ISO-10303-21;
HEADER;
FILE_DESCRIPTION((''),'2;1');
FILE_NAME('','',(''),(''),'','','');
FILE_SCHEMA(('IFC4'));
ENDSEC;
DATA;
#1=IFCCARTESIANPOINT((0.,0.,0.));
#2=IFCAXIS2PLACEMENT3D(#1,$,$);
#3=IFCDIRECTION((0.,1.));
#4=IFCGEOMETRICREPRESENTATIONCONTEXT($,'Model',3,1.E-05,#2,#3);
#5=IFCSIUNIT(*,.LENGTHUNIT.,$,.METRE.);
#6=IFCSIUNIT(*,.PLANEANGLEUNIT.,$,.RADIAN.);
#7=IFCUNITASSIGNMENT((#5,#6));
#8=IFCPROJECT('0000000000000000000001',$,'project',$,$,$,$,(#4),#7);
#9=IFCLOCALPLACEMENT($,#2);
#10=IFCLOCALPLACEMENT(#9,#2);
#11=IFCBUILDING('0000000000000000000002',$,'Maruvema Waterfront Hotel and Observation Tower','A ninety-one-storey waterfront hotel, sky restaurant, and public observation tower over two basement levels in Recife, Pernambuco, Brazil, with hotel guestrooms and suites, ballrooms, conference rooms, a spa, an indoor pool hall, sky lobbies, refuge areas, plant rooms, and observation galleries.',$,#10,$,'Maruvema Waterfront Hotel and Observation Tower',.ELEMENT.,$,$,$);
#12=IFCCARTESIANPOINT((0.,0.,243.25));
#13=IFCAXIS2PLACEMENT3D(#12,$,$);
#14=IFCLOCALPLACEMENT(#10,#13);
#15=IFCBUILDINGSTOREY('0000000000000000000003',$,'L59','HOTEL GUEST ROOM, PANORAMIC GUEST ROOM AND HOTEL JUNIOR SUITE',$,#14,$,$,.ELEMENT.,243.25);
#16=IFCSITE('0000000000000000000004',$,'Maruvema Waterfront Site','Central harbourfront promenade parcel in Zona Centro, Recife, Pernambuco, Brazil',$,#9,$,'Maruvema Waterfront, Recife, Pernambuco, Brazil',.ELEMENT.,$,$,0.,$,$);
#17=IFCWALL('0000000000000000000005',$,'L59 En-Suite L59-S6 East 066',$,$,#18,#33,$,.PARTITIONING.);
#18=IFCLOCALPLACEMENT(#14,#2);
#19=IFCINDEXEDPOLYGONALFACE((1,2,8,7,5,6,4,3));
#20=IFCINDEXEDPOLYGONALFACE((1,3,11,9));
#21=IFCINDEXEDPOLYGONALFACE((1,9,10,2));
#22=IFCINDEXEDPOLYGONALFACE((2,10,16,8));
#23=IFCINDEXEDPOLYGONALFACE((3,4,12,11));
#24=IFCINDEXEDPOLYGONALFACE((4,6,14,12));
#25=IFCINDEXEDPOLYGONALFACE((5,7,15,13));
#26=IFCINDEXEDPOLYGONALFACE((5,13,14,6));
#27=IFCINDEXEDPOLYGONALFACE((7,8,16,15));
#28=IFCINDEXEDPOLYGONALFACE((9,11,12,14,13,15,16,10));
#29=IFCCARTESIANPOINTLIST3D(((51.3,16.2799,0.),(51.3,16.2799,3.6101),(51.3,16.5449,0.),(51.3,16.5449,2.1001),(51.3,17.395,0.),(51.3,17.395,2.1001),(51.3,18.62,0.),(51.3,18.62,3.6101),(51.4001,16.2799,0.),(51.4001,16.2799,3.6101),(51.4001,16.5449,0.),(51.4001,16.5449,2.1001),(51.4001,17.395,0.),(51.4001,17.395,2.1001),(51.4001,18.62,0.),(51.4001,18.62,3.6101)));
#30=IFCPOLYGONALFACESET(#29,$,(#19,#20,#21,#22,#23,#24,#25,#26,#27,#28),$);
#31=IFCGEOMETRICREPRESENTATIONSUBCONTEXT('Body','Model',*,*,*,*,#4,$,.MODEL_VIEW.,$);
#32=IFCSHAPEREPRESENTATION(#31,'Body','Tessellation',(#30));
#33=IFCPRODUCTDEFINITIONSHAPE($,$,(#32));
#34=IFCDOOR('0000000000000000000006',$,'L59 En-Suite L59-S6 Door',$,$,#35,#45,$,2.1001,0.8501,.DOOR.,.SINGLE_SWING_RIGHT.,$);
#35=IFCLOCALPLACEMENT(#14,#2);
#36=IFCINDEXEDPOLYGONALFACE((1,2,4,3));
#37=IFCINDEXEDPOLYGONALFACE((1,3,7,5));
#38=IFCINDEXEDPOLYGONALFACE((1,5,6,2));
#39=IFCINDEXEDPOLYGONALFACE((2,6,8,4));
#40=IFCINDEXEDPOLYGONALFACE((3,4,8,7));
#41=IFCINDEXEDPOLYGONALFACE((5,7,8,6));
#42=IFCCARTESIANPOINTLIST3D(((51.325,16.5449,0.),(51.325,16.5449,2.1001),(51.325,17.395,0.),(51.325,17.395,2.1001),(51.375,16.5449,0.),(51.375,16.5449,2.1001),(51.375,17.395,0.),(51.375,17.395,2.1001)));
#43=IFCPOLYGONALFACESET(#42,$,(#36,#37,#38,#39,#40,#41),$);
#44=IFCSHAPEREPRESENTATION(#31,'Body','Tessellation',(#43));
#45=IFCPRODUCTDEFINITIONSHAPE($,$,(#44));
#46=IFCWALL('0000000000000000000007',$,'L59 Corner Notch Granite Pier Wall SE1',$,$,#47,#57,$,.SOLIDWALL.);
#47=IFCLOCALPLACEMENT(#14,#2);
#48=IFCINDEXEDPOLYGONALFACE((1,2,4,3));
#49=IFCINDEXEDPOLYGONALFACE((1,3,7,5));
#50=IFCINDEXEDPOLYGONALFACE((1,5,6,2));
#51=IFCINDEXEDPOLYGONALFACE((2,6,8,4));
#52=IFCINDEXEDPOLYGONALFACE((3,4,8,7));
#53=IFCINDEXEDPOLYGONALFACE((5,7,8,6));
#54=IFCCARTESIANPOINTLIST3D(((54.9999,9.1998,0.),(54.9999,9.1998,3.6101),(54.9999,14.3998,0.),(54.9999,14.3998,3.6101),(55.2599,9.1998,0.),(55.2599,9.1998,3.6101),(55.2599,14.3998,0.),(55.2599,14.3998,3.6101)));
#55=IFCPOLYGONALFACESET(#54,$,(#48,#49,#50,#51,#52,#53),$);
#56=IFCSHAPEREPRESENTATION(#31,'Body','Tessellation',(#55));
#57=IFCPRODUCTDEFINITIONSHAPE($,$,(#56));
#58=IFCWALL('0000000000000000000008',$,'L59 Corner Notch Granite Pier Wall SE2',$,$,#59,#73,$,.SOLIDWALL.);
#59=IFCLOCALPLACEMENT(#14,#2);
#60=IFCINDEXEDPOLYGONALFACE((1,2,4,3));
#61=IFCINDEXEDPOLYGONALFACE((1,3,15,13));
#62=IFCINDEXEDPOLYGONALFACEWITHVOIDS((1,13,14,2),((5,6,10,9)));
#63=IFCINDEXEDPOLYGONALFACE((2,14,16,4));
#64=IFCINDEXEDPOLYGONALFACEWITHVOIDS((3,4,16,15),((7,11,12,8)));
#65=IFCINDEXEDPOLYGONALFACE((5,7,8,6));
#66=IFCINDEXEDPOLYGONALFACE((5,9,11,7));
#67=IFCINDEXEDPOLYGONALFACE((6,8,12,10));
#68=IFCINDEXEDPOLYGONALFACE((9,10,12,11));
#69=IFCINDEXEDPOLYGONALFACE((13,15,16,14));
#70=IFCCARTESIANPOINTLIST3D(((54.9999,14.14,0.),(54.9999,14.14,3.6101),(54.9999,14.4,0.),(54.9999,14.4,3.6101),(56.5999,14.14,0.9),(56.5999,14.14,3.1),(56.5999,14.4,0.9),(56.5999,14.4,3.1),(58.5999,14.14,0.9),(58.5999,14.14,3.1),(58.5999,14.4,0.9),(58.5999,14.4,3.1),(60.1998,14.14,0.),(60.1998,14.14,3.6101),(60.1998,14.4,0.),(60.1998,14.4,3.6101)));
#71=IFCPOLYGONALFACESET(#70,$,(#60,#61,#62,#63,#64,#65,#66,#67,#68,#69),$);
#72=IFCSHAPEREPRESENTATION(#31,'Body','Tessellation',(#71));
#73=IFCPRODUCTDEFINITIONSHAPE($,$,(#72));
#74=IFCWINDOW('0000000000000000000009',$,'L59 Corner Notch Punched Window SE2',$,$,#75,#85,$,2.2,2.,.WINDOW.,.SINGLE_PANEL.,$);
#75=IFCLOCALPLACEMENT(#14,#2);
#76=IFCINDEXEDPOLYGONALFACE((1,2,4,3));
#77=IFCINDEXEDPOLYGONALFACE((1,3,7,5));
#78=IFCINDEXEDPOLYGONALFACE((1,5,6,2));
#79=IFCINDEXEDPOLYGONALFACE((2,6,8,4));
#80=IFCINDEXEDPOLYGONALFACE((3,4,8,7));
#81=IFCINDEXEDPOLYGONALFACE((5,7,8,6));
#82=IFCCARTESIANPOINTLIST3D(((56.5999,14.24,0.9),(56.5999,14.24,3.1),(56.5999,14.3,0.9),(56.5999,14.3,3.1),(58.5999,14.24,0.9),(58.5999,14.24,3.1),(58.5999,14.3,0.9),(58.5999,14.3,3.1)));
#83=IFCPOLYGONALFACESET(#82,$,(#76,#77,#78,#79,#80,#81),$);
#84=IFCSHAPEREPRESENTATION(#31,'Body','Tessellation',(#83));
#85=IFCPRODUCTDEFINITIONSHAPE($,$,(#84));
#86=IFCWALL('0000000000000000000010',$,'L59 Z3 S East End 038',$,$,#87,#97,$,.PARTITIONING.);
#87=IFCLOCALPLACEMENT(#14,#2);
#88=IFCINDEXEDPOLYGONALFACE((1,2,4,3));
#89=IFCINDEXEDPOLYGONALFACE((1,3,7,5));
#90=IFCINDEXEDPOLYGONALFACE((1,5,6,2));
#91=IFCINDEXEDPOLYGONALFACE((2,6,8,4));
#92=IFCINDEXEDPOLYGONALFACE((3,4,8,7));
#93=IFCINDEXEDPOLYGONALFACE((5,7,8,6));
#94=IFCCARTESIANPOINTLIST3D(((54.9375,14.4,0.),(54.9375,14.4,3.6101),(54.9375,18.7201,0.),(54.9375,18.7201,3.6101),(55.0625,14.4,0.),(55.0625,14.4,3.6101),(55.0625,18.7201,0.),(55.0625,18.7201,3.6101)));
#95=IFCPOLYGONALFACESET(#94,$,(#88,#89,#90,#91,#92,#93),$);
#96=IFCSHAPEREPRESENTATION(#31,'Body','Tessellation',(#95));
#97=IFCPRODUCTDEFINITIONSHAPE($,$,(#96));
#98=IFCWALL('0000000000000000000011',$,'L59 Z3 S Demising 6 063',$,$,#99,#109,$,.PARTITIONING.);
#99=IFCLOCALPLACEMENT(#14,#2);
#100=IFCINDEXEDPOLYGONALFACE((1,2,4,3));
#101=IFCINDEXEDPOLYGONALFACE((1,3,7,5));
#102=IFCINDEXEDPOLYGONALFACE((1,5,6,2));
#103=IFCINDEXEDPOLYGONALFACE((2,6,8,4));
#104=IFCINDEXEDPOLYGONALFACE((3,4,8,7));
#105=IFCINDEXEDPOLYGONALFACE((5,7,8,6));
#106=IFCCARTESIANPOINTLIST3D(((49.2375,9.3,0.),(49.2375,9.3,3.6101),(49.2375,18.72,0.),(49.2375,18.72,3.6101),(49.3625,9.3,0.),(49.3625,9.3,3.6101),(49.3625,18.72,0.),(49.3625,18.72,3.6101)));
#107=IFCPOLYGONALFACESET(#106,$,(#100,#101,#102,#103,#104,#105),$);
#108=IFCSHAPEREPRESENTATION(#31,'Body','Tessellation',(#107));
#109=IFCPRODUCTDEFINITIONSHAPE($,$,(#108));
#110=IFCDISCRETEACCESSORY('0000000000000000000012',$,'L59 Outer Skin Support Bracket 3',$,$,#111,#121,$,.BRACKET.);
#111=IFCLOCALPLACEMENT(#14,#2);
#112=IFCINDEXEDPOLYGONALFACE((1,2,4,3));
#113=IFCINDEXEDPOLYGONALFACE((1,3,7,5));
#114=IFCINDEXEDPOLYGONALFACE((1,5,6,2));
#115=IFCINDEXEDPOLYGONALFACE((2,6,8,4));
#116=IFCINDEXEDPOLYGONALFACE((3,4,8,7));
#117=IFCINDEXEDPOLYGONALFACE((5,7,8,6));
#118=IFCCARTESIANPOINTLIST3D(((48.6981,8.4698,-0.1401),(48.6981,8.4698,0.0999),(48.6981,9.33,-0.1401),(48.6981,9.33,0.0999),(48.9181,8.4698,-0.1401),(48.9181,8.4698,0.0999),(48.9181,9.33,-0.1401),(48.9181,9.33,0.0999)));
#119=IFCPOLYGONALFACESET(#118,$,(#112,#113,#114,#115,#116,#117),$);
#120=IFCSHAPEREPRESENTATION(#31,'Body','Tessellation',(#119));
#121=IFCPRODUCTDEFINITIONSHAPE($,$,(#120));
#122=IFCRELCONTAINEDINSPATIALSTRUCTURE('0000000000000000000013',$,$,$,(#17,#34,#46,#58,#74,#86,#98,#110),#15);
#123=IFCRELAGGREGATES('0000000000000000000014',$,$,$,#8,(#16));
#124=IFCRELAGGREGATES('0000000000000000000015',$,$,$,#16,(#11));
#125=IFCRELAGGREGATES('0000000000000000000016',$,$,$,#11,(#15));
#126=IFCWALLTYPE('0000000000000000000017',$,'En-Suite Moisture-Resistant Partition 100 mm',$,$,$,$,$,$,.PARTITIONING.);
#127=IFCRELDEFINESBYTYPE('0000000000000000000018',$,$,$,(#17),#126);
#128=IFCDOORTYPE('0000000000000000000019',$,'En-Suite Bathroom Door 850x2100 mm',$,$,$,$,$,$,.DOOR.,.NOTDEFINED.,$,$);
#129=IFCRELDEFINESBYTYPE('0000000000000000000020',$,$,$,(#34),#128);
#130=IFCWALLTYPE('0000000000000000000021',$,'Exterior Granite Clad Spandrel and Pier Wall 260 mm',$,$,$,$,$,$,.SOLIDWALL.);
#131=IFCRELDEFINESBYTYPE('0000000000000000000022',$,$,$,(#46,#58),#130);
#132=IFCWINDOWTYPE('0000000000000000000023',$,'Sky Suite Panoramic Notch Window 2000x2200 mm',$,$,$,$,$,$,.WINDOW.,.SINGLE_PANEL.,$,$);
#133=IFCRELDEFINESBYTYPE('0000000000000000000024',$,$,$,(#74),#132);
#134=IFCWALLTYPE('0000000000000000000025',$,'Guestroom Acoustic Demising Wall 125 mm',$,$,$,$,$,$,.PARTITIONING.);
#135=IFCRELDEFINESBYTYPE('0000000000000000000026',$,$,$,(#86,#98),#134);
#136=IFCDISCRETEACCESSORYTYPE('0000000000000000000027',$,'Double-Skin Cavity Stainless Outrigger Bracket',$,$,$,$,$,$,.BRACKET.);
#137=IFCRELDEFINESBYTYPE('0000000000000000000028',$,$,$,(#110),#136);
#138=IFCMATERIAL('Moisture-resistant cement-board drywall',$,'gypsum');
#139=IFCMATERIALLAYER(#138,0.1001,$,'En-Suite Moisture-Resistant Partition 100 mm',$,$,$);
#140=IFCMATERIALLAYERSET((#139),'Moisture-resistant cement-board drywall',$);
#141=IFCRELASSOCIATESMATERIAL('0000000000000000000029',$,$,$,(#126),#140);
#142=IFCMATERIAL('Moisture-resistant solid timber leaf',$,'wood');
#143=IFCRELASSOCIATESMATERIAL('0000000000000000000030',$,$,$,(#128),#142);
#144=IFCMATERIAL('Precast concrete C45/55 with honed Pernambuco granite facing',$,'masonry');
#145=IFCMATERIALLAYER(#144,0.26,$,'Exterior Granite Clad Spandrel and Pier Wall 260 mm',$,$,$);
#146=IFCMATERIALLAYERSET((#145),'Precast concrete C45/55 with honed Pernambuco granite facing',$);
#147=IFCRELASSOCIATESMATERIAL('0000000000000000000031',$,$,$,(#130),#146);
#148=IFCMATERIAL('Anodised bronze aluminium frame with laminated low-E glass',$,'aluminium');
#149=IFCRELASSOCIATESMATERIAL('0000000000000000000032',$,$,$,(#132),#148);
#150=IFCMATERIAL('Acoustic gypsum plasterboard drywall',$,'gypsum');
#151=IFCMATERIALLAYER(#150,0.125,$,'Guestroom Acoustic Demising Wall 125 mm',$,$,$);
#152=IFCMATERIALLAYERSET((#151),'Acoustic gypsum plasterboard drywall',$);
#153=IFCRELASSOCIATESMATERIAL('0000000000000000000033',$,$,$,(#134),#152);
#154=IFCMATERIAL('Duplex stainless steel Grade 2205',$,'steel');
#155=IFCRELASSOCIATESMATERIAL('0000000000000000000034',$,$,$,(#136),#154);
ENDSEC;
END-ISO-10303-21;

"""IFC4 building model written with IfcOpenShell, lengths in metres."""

from ifc_helpers import new_model, si_unit, direction, frame, frame_2d, origin, origin_2d, place, context, subcontext, project, spatial, rectangle, extrude, material, layer, layer_set, type_object, element, fill, save


model = new_model("IFC4")

# Units and contexts
model_context = context("Model", 3, precision=1e-05, world=origin(), true_north=direction((0.0, 1.0)))
body_context = subcontext(model_context, "Body", "Model", "MODEL_VIEW")
ifc_project = project(units=[si_unit("LENGTHUNIT", "METRE"), si_unit("PLANEANGLEUNIT", "RADIAN")], contexts=[model_context])

# Site, building, storey
site_placement = place(None, origin())
site = spatial("IfcSite", under=ifc_project, at=site_placement, Name="Maruvema Waterfront Site", Description="Central harbourfront promenade parcel in Zona Centro, Recife, Pernambuco, Brazil", LongName="Maruvema Waterfront, Recife, Pernambuco, Brazil", CompositionType="ELEMENT", RefElevation=0.0)
building_placement = place(site_placement, origin())
building = spatial("IfcBuilding", under=site, at=building_placement, Name="Maruvema Waterfront Hotel and Observation Tower", Description="A ninety-one-storey waterfront hotel, sky restaurant, and public observation tower over two basement levels in Recife, Pernambuco, Brazil, with hotel guestrooms and suites, ballrooms, conference rooms, a spa, an indoor pool hall, sky lobbies, refuge areas, plant rooms, and observation galleries.", LongName="Maruvema Waterfront Hotel and Observation Tower", CompositionType="ELEMENT")
storey_placement = place(building_placement, frame((0.0, 0.0, 243.25)))
storey = spatial("IfcBuildingStorey", under=building, at=storey_placement, Name="L59", Description="HOTEL GUEST ROOM, PANORAMIC GUEST ROOM AND HOTEL JUNIOR SUITE", CompositionType="ELEMENT", Elevation=243.25)

# Shared definitions
ifc_material_1 = material(Name="Moisture-resistant cement-board drywall", Category="gypsum")
ifc_layer_1 = layer(ifc_material_1, 0.1001, Name="En-Suite Moisture-Resistant Partition 100 mm")
ifc_layer_set_1 = layer_set([ifc_layer_1], Name="Moisture-resistant cement-board drywall")
wall_type_1 = type_object("IfcWallType", Name="En-Suite Moisture-Resistant Partition 100 mm", PredefinedType="PARTITIONING", material=ifc_layer_set_1)
ifc_material_2 = material(Name="Moisture-resistant solid timber leaf", Category="wood")
door_type = type_object("IfcDoorType", Name="En-Suite Bathroom Door 850x2100 mm", OperationType="NOTDEFINED", PredefinedType="DOOR", material=ifc_material_2)

# Wall, opening, door
wall_1_placement = place(storey_placement, frame((51.3501, 16.28, 0.0), z_axis=(0.0, 0.0, 1.0), x_axis=(0.0, 1.0, 0.0)))
wall_1 = element("IfcWall", 1, at=wall_1_placement, inside=storey, type_object=wall_type_1, Name="L59 En-Suite L59-S6 East 066", PredefinedType="PARTITIONING", context=body_context, shape_type="SweptSolid", body=[
    extrude(rectangle(XDim=2.3401, YDim=0.1001, at=frame_2d((1.1699, 0.0))), origin(), (0.0, 0.0, 1.0), 3.6101),
])
opening_1_placement = place(wall_1_placement, frame((0.2649, 0.0, 0.0)))
opening_1 = element("IfcOpeningElement", 2, at=opening_1_placement, cuts=wall_1, PredefinedType="OPENING", context=body_context, shape_type="SweptSolid", body=[
    extrude(rectangle(XDim=0.8501, YDim=2.1001, at=frame_2d((0.425, 1.05))), frame((0.0, 0.0601, 0.0), z_axis=(0.0, -1.0, 0.0), x_axis=(1.0, 0.0, 0.0)), (0.0, 0.0, 1.0), 0.1201),
])
door_1_placement = place(opening_1_placement, frame((0.8501, 0.0, 0.0), z_axis=(0.0, 0.0, 1.0), x_axis=(-1.0, 0.0, 0.0)))
door_1 = element("IfcDoor", 3, at=door_1_placement, inside=storey, type_object=door_type, Name="L59 En-Suite L59-S6 Door", OperationType="SINGLE_SWING_RIGHT", OverallHeight=2.1001, OverallWidth=0.8501, PredefinedType="DOOR", context=body_context, shape_type="SweptSolid", body=[
    extrude(rectangle(XDim=0.8501, YDim=2.1001, at=frame_2d((0.425, 1.05))), frame((0.0, 0.0249, 0.0), z_axis=(0.0, -1.0, 0.0), x_axis=(1.0, 0.0, 0.0)), (0.0, 0.0, 1.0), 0.05),
])
fill(opening_1, door_1)

# Wall
ifc_material_3 = material(Name="Precast concrete C45/55 with honed Pernambuco granite facing", Category="masonry")
ifc_layer_2 = layer(ifc_material_3, 0.26, Name="Exterior Granite Clad Spandrel and Pier Wall 260 mm")
ifc_layer_set_2 = layer_set([ifc_layer_2], Name="Precast concrete C45/55 with honed Pernambuco granite facing")
wall_type_2 = type_object("IfcWallType", Name="Exterior Granite Clad Spandrel and Pier Wall 260 mm", PredefinedType="SOLIDWALL", material=ifc_layer_set_2)
wall_2_placement = place(storey_placement, frame((55.1299, 14.3999, 0.0), z_axis=(0.0, 0.0, 1.0), x_axis=(0.0, -1.0, 0.0)))
element("IfcWall", 4, at=wall_2_placement, inside=storey, type_object=wall_type_2, Name="L59 Corner Notch Granite Pier Wall SE1", PredefinedType="SOLIDWALL", context=body_context, shape_type="SweptSolid", body=[
    extrude(rectangle(XDim=5.2, YDim=0.26, at=frame_2d((2.6001, 0.0))), origin(), (0.0, 0.0, 1.0), 3.6101),
])

# Wall, opening, window
wall_3_placement = place(storey_placement, frame((60.2, 14.27, 0.0), z_axis=(0.0, 0.0, 1.0), x_axis=(-1.0, 0.0, 0.0)))
wall_3 = element("IfcWall", 5, at=wall_3_placement, inside=storey, type_object=wall_type_2, Name="L59 Corner Notch Granite Pier Wall SE2", PredefinedType="SOLIDWALL", context=body_context, shape_type="SweptSolid", body=[
    extrude(rectangle(XDim=5.2, YDim=0.26, at=frame_2d((2.6001, 0.0))), origin(), (0.0, 0.0, 1.0), 3.6101),
])
opening_2_placement = place(wall_3_placement, frame((1.6001, 0.0, 0.8999)))
opening_2 = element("IfcOpeningElement", 6, at=opening_2_placement, cuts=wall_3, PredefinedType="OPENING", context=body_context, shape_type="SweptSolid", body=[
    extrude(rectangle(XDim=2.0, YDim=2.2, at=frame_2d((1.0, 1.1001))), frame((0.0, 0.1401, 0.0), z_axis=(0.0, -1.0, 0.0), x_axis=(1.0, 0.0, 0.0)), (0.0, 0.0, 1.0), 0.28),
])
ifc_material_4 = material(Name="Anodised bronze aluminium frame with laminated low-E glass", Category="aluminium")
window_type = type_object("IfcWindowType", Name="Sky Suite Panoramic Notch Window 2000x2200 mm", PartitioningType="SINGLE_PANEL", PredefinedType="WINDOW", material=ifc_material_4)
window_placement = place(opening_2_placement, origin())
window = element("IfcWindow", 7, at=window_placement, inside=storey, type_object=window_type, Name="L59 Corner Notch Punched Window SE2", OverallHeight=2.2, OverallWidth=2.0, PartitioningType="SINGLE_PANEL", PredefinedType="WINDOW", context=body_context, shape_type="SweptSolid", body=[
    extrude(rectangle(XDim=2.0, YDim=2.2, at=frame_2d((1.0, 1.1001))), frame((0.0, 0.03, 0.0), z_axis=(0.0, -1.0, 0.0), x_axis=(1.0, 0.0, 0.0)), (0.0, 0.0, 1.0), 0.0601),
])
fill(opening_2, window)

# Walls
ifc_material_5 = material(Name="Acoustic gypsum plasterboard drywall", Category="gypsum")
ifc_layer_3 = layer(ifc_material_5, 0.125, Name="Guestroom Acoustic Demising Wall 125 mm")
ifc_layer_set_3 = layer_set([ifc_layer_3], Name="Acoustic gypsum plasterboard drywall")
wall_type_3 = type_object("IfcWallType", Name="Guestroom Acoustic Demising Wall 125 mm", PredefinedType="PARTITIONING", material=ifc_layer_set_3)
wall_4_placement = place(storey_placement, frame((55.0, 14.3999, 0.0), z_axis=(0.0, 0.0, 1.0), x_axis=(0.0, 1.0, 0.0)))
element("IfcWall", 8, at=wall_4_placement, inside=storey, type_object=wall_type_3, Name="L59 Z3 S East End 038", PredefinedType="PARTITIONING", context=body_context, shape_type="SweptSolid", body=[
    extrude(rectangle(XDim=4.3201, YDim=0.125, at=frame_2d((2.1602, 0.0))), origin(), (0.0, 0.0, 1.0), 3.6101),
])
wall_5_placement = place(storey_placement, frame((49.3, 9.3, 0.0), z_axis=(0.0, 0.0, 1.0), x_axis=(0.0, 1.0, 0.0)))
element("IfcWall", 9, at=wall_5_placement, inside=storey, type_object=wall_type_3, Name="L59 Z3 S Demising 6 063", PredefinedType="PARTITIONING", context=body_context, shape_type="SweptSolid", body=[
    extrude(rectangle(XDim=9.4199, YDim=0.125, at=frame_2d((4.71, 0.0))), origin(), (0.0, 0.0, 1.0), 3.6101),
])

# Discrete accessory
ifc_material_6 = material(Name="Duplex stainless steel Grade 2205", Category="steel")
discrete_accessory_type = type_object("IfcDiscreteAccessoryType", Name="Double-Skin Cavity Stainless Outrigger Bracket", PredefinedType="BRACKET", material=ifc_material_6)
discrete_accessory_placement = place(storey_placement, frame((48.8081, 8.8999, -0.1401), z_axis=(0.0, 0.0, 1.0), x_axis=(1.0, 0.0, 0.0)))
element("IfcDiscreteAccessory", 10, at=discrete_accessory_placement, inside=storey, type_object=discrete_accessory_type, Name="L59 Outer Skin Support Bracket 3", PredefinedType="BRACKET", context=body_context, shape_type="SweptSolid", body=[
    extrude(rectangle(XDim=0.22, YDim=0.8601, at=origin_2d()), origin(), (0.0, 0.0, 1.0), 0.24),
])

save(model, "model.ifc")
